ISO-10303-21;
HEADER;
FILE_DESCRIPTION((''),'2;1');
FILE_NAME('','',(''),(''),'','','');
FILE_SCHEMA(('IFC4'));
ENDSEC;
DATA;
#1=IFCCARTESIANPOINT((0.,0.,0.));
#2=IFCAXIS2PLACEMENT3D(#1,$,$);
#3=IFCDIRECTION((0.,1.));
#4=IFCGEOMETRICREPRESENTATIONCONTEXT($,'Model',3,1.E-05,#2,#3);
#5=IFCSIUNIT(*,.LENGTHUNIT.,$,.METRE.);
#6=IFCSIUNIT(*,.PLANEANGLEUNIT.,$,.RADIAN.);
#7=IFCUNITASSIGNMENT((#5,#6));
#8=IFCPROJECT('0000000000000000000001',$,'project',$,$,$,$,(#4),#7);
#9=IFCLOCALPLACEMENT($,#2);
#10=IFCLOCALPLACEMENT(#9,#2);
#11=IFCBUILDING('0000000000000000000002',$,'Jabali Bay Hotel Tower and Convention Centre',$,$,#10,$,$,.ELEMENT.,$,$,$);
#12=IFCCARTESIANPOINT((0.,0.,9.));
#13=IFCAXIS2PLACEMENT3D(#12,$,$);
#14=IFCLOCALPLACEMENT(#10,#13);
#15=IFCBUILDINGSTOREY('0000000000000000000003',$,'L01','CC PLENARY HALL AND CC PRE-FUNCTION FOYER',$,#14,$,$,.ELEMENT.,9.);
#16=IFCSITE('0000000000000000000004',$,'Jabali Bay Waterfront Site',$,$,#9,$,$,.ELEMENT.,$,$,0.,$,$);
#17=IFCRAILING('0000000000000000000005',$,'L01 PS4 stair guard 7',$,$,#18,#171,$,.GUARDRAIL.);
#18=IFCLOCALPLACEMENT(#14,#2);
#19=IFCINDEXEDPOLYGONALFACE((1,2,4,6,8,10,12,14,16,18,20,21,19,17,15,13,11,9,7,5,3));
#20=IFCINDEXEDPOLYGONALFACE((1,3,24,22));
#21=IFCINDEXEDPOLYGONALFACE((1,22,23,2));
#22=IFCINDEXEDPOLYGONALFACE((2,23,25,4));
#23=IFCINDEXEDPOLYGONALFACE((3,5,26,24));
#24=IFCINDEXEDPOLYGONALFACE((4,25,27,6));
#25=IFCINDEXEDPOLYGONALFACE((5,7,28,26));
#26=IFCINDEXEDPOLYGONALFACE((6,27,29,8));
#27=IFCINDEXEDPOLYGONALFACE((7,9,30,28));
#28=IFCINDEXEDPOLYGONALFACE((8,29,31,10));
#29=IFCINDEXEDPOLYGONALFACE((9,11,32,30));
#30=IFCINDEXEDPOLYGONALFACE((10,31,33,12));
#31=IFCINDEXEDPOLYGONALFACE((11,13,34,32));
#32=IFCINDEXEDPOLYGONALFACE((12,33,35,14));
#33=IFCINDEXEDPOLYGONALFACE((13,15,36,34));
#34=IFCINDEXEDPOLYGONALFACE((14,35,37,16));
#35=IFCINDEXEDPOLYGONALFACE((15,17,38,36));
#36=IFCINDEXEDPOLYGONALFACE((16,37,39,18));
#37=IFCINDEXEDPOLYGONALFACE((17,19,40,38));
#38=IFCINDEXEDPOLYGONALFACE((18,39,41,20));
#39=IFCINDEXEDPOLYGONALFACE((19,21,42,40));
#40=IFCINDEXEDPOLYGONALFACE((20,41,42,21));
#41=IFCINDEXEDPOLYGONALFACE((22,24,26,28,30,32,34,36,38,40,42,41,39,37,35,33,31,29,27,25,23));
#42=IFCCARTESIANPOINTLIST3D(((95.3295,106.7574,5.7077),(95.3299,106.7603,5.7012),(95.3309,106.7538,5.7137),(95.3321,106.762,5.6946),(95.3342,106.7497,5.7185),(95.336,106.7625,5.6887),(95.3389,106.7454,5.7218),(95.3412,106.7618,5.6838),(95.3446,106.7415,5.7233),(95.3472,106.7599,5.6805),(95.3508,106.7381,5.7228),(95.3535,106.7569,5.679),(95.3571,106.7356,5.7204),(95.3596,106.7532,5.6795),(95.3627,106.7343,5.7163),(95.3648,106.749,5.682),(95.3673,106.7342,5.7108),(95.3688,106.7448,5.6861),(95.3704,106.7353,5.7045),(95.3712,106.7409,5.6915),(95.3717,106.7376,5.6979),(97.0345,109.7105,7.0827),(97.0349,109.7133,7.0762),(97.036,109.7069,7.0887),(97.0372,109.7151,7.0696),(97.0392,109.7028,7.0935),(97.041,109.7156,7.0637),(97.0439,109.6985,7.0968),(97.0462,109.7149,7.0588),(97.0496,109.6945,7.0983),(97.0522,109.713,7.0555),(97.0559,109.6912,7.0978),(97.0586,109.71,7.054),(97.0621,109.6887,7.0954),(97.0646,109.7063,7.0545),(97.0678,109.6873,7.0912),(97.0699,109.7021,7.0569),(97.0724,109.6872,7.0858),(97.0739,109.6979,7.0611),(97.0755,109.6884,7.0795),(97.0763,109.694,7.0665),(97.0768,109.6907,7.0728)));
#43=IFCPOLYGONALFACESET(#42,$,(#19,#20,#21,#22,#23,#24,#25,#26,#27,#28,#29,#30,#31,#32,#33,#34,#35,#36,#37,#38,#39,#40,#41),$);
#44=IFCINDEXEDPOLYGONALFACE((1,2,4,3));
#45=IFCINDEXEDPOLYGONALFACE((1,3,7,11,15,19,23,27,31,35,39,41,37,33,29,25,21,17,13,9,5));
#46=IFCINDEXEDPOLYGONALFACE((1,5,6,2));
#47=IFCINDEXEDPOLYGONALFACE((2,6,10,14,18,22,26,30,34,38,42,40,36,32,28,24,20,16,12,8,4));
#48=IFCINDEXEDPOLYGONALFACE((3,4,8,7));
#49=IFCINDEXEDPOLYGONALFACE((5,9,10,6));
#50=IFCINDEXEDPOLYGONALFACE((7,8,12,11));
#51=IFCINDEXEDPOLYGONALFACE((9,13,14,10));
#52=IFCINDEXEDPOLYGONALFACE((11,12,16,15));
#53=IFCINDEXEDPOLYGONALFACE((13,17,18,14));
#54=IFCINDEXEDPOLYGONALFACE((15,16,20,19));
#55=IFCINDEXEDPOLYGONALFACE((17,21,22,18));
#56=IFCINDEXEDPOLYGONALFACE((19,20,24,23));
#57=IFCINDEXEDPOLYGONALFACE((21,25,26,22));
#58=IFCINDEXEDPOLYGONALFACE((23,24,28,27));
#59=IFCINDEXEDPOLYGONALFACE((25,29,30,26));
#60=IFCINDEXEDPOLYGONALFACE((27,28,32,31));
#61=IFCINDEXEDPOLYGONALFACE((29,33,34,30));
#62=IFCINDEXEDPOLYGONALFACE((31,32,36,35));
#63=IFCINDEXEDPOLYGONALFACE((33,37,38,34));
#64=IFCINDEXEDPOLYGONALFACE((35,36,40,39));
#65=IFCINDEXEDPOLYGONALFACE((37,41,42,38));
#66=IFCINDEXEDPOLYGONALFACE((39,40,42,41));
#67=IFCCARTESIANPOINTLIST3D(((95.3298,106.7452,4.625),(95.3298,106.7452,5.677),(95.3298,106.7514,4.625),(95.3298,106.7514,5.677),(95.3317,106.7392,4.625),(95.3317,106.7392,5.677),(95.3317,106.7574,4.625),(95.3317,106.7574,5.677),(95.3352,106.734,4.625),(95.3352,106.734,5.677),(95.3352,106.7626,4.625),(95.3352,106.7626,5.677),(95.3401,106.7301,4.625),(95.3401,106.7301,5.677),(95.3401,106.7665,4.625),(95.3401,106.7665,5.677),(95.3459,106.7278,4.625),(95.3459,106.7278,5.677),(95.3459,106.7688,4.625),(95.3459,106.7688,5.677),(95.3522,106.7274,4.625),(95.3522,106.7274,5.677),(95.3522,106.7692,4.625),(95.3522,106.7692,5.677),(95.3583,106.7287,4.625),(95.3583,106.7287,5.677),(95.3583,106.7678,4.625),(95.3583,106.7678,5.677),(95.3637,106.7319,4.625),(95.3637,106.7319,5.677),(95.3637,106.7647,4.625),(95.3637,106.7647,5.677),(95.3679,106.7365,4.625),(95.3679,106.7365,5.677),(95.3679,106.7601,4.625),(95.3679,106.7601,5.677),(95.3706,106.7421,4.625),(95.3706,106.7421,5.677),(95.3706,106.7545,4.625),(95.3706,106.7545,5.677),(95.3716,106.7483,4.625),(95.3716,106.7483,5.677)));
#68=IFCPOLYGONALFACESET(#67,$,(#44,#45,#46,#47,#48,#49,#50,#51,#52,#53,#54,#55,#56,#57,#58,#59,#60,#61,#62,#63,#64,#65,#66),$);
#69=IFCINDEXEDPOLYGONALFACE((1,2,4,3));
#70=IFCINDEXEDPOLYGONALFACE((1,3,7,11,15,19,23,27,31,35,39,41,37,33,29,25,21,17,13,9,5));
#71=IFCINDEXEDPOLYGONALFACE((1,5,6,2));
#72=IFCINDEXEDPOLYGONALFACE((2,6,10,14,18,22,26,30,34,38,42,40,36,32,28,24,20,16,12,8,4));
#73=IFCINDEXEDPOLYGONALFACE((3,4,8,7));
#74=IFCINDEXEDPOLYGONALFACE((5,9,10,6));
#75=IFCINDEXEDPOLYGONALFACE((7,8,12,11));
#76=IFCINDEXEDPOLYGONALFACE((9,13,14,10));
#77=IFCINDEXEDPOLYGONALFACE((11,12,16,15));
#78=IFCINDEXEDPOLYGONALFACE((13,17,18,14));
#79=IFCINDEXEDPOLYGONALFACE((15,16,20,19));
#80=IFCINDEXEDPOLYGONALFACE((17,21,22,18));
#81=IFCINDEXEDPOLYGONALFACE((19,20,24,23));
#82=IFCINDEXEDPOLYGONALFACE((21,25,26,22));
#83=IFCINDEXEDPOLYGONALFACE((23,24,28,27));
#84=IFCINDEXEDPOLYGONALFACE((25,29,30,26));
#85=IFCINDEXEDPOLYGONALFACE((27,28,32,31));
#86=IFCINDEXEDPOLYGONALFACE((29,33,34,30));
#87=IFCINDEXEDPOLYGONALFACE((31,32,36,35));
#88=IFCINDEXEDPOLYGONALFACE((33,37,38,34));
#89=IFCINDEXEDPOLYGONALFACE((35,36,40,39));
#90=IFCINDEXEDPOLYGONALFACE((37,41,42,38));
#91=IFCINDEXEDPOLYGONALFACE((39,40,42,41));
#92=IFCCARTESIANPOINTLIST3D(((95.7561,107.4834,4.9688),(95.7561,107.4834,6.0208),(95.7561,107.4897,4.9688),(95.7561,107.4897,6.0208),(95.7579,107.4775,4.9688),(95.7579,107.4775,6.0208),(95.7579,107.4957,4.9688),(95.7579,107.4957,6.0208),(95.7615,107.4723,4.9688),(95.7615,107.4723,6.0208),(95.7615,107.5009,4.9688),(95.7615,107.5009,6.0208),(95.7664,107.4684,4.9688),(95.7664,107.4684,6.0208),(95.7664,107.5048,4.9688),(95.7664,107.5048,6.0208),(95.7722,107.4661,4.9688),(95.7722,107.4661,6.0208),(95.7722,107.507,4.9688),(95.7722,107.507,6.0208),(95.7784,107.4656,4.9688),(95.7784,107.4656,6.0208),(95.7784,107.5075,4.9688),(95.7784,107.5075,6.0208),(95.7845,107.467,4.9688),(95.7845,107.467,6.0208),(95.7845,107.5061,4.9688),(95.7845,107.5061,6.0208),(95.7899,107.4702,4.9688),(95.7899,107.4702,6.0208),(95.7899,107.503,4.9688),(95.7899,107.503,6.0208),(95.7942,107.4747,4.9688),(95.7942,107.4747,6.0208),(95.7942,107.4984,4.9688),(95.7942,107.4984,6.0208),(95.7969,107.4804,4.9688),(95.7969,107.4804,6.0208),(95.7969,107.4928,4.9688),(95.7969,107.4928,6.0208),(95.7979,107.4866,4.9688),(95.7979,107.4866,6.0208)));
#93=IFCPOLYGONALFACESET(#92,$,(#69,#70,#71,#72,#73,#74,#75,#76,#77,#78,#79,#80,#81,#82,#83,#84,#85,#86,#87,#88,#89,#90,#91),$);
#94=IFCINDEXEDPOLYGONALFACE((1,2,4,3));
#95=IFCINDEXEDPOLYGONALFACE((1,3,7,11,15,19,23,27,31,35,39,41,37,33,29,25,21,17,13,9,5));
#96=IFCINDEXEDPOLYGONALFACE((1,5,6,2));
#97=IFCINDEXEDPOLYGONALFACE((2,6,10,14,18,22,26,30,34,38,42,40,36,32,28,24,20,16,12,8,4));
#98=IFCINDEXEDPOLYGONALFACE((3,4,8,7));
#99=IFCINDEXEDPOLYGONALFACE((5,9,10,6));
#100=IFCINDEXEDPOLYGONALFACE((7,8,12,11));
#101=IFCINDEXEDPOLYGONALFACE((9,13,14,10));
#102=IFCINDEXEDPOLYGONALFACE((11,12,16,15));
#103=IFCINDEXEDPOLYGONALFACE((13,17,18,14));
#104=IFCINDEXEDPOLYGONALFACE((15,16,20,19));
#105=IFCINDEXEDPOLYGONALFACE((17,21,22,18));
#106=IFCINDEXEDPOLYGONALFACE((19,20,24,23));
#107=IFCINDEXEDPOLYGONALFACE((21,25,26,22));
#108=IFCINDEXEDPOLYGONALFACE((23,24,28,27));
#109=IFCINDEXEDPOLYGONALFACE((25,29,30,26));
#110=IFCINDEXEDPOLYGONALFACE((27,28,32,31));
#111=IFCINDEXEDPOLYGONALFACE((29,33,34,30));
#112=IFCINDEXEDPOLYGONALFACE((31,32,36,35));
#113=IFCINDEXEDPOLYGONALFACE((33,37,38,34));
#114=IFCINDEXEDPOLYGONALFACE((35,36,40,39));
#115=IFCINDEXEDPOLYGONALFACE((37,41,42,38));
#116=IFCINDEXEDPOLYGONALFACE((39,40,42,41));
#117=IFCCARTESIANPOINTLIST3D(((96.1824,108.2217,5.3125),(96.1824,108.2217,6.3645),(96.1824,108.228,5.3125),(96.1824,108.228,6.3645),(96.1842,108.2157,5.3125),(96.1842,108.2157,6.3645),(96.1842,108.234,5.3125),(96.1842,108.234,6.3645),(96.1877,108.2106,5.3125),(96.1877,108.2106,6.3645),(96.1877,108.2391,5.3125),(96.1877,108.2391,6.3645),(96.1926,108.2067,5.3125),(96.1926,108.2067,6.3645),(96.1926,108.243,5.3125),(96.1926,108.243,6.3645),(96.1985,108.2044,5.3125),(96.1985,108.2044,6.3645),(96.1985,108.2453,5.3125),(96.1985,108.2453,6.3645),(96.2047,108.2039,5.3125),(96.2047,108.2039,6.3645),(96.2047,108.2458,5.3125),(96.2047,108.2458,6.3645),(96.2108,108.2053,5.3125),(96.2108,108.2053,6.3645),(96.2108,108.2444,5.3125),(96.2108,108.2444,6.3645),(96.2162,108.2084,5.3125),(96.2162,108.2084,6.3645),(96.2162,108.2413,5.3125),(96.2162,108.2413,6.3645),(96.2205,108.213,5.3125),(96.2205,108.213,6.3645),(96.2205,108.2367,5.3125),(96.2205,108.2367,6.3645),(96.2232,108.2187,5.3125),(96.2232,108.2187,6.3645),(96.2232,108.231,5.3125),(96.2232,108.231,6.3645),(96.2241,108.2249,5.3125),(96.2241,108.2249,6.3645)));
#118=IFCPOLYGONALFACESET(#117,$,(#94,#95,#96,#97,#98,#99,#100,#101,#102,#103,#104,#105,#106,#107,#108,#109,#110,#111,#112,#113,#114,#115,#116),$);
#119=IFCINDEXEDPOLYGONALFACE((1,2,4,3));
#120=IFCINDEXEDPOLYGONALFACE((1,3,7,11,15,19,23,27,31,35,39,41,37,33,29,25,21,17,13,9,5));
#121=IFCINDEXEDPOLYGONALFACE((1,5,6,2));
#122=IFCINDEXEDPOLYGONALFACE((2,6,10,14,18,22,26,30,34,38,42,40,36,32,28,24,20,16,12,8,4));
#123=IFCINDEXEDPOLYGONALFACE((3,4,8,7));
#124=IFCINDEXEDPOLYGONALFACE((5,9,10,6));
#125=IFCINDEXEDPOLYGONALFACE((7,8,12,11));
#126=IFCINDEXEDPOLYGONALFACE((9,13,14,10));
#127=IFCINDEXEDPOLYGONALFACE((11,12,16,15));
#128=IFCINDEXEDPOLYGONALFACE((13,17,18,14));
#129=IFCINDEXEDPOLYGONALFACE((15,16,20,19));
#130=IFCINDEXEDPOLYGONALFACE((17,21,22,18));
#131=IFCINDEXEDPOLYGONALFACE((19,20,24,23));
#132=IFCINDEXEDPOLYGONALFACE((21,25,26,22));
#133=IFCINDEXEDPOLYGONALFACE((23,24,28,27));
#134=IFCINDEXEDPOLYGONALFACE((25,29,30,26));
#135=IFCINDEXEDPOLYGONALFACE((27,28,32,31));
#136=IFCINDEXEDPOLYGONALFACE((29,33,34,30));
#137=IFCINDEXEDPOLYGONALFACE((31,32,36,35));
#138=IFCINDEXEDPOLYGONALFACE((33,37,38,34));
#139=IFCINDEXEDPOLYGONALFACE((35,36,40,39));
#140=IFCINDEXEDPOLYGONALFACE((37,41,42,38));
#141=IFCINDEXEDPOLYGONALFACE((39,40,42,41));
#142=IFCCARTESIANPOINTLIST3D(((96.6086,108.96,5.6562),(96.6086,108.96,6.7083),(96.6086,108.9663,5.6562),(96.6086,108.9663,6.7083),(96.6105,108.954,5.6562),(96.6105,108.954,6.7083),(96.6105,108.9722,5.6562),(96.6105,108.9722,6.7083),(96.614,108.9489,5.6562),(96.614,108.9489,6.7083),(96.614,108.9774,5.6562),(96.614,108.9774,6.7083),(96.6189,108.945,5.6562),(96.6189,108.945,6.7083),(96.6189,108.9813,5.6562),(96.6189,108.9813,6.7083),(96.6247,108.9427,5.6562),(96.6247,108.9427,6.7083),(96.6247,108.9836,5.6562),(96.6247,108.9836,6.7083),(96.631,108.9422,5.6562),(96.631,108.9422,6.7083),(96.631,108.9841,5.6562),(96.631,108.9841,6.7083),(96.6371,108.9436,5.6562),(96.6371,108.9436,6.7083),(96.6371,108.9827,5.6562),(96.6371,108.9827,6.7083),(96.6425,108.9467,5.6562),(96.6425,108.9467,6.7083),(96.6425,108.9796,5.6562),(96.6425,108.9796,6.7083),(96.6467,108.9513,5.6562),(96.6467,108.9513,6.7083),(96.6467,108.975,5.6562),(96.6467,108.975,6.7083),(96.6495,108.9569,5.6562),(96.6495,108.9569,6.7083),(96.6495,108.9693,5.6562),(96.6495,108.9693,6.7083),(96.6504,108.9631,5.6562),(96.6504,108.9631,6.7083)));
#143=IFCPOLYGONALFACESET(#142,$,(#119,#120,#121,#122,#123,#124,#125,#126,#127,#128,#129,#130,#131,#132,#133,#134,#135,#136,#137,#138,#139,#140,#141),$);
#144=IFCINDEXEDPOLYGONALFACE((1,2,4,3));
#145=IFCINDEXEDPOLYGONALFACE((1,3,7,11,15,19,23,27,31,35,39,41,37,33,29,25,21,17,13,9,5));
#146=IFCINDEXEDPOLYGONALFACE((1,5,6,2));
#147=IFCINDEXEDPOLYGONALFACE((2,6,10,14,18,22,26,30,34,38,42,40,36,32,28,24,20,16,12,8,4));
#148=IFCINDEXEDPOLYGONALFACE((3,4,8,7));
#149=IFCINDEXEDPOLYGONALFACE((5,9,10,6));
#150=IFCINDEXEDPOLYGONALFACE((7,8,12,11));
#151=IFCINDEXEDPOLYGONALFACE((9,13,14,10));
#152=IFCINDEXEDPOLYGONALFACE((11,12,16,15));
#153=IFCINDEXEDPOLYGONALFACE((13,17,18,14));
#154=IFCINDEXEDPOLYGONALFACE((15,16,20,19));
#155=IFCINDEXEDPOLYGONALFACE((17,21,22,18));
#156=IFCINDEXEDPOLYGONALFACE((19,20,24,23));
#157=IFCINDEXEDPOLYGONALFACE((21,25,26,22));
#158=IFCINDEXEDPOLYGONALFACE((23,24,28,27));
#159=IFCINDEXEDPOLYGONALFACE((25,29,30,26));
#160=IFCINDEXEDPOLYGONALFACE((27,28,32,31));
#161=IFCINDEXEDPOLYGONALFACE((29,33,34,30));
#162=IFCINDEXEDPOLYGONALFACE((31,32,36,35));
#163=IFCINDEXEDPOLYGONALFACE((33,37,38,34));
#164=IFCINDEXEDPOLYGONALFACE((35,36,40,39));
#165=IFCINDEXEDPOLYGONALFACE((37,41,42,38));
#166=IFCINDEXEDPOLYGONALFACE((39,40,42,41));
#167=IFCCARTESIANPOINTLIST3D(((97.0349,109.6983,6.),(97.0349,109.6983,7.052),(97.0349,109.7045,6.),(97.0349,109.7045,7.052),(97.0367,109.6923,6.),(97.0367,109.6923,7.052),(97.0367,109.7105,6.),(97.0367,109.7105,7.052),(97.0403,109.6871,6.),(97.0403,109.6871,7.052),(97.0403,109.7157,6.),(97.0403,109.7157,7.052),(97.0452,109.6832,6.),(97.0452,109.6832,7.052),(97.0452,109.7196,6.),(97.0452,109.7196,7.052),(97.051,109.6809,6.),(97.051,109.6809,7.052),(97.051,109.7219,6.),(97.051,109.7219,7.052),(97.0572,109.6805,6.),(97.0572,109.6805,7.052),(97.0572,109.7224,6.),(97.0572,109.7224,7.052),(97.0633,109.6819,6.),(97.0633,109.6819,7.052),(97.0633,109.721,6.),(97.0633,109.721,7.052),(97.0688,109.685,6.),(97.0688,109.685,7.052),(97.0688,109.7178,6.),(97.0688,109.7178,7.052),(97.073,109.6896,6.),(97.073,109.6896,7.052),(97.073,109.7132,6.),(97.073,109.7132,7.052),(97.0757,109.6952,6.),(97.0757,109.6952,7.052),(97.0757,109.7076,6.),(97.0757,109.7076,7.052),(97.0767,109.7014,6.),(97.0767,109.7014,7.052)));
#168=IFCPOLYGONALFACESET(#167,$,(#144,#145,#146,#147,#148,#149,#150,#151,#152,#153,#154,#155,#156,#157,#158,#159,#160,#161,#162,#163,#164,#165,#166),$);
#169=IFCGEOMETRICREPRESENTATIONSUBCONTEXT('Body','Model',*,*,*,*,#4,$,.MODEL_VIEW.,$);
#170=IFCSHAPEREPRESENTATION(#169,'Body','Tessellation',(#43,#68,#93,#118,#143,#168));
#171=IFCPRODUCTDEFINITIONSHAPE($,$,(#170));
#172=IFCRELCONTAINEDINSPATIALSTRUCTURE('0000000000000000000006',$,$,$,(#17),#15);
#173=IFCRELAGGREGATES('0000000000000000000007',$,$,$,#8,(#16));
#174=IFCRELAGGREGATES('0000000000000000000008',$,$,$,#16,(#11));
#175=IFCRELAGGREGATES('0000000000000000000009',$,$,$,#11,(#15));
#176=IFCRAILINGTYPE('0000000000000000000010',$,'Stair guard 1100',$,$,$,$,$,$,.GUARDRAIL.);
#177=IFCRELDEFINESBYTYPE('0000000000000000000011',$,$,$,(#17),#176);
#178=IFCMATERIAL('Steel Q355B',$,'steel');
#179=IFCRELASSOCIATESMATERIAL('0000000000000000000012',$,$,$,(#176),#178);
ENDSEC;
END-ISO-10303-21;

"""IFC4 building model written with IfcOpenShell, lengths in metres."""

from ifc_helpers import new_model, si_unit, direction, frame, origin, origin_2d, place, context, subcontext, project, spatial, circle, extrude, material, type_object, element, save


model = new_model("IFC4")

# Units and contexts
model_context = context("Model", 3, precision=1e-05, world=origin(), true_north=direction((0.0, 1.0)))
body_context = subcontext(model_context, "Body", "Model", "MODEL_VIEW")
ifc_project = project(units=[si_unit("LENGTHUNIT", "METRE"), si_unit("PLANEANGLEUNIT", "RADIAN")], contexts=[model_context])

# Site, building, storey
site_placement = place(None, origin())
site = spatial("IfcSite", under=ifc_project, at=site_placement, Name="Jabali Bay Waterfront Site", CompositionType="ELEMENT", RefElevation=0.0)
building_placement = place(site_placement, origin())
building = spatial("IfcBuilding", under=site, at=building_placement, Name="Jabali Bay Hotel Tower and Convention Centre", CompositionType="ELEMENT")
storey_placement = place(building_placement, frame((0.0, 0.0, 9.0)))
storey = spatial("IfcBuildingStorey", under=building, at=storey_placement, Name="L01", Description="CC PLENARY HALL AND CC PRE-FUNCTION FOYER", CompositionType="ELEMENT", Elevation=9.0)

# Railing
ifc_material_1 = material(Name="Steel Q355B", Category="steel")
railing_type_1 = type_object("IfcRailingType", Name="Stair guard 1100", PredefinedType="GUARDRAIL", material=ifc_material_1)
railing_1_placement = place(storey_placement, frame((95.3506, 106.7483, 4.625)))
element("IfcRailing", 1, at=railing_1_placement, inside=storey, type_object=railing_type_1, Name="L01 PS4 stair guard 7", PredefinedType="GUARDRAIL", context=body_context, shape_type="SweptSolid", body=[
    extrude(circle(Radius=0.0239, at=origin_2d()), frame((0.0, 0.0, 1.0762), z_axis=(0.46374, 0.803178, 0.373966), x_axis=(-0.866014, 0.50002, 0.0)), (0.0, 0.0, 1.0), 3.6768),
    extrude(circle(Radius=0.021, at=origin_2d()), origin(), (0.0, 0.0, 1.0), 1.052),
    extrude(circle(Radius=0.021, at=origin_2d()), frame((0.4263, 0.7383, 0.3438)), (0.0, 0.0, 1.0), 1.052),
    extrude(circle(Radius=0.021, at=origin_2d()), frame((0.8525, 1.4766, 0.6875)), (0.0, 0.0, 1.0), 1.052),
    extrude(circle(Radius=0.021, at=origin_2d()), frame((1.2788, 2.2148, 1.0312)), (0.0, 0.0, 1.0), 1.052),
    extrude(circle(Radius=0.021, at=origin_2d()), frame((1.7051, 2.9531, 1.375)), (0.0, 0.0, 1.0), 1.052),
])

save(model, "model.ifc")
